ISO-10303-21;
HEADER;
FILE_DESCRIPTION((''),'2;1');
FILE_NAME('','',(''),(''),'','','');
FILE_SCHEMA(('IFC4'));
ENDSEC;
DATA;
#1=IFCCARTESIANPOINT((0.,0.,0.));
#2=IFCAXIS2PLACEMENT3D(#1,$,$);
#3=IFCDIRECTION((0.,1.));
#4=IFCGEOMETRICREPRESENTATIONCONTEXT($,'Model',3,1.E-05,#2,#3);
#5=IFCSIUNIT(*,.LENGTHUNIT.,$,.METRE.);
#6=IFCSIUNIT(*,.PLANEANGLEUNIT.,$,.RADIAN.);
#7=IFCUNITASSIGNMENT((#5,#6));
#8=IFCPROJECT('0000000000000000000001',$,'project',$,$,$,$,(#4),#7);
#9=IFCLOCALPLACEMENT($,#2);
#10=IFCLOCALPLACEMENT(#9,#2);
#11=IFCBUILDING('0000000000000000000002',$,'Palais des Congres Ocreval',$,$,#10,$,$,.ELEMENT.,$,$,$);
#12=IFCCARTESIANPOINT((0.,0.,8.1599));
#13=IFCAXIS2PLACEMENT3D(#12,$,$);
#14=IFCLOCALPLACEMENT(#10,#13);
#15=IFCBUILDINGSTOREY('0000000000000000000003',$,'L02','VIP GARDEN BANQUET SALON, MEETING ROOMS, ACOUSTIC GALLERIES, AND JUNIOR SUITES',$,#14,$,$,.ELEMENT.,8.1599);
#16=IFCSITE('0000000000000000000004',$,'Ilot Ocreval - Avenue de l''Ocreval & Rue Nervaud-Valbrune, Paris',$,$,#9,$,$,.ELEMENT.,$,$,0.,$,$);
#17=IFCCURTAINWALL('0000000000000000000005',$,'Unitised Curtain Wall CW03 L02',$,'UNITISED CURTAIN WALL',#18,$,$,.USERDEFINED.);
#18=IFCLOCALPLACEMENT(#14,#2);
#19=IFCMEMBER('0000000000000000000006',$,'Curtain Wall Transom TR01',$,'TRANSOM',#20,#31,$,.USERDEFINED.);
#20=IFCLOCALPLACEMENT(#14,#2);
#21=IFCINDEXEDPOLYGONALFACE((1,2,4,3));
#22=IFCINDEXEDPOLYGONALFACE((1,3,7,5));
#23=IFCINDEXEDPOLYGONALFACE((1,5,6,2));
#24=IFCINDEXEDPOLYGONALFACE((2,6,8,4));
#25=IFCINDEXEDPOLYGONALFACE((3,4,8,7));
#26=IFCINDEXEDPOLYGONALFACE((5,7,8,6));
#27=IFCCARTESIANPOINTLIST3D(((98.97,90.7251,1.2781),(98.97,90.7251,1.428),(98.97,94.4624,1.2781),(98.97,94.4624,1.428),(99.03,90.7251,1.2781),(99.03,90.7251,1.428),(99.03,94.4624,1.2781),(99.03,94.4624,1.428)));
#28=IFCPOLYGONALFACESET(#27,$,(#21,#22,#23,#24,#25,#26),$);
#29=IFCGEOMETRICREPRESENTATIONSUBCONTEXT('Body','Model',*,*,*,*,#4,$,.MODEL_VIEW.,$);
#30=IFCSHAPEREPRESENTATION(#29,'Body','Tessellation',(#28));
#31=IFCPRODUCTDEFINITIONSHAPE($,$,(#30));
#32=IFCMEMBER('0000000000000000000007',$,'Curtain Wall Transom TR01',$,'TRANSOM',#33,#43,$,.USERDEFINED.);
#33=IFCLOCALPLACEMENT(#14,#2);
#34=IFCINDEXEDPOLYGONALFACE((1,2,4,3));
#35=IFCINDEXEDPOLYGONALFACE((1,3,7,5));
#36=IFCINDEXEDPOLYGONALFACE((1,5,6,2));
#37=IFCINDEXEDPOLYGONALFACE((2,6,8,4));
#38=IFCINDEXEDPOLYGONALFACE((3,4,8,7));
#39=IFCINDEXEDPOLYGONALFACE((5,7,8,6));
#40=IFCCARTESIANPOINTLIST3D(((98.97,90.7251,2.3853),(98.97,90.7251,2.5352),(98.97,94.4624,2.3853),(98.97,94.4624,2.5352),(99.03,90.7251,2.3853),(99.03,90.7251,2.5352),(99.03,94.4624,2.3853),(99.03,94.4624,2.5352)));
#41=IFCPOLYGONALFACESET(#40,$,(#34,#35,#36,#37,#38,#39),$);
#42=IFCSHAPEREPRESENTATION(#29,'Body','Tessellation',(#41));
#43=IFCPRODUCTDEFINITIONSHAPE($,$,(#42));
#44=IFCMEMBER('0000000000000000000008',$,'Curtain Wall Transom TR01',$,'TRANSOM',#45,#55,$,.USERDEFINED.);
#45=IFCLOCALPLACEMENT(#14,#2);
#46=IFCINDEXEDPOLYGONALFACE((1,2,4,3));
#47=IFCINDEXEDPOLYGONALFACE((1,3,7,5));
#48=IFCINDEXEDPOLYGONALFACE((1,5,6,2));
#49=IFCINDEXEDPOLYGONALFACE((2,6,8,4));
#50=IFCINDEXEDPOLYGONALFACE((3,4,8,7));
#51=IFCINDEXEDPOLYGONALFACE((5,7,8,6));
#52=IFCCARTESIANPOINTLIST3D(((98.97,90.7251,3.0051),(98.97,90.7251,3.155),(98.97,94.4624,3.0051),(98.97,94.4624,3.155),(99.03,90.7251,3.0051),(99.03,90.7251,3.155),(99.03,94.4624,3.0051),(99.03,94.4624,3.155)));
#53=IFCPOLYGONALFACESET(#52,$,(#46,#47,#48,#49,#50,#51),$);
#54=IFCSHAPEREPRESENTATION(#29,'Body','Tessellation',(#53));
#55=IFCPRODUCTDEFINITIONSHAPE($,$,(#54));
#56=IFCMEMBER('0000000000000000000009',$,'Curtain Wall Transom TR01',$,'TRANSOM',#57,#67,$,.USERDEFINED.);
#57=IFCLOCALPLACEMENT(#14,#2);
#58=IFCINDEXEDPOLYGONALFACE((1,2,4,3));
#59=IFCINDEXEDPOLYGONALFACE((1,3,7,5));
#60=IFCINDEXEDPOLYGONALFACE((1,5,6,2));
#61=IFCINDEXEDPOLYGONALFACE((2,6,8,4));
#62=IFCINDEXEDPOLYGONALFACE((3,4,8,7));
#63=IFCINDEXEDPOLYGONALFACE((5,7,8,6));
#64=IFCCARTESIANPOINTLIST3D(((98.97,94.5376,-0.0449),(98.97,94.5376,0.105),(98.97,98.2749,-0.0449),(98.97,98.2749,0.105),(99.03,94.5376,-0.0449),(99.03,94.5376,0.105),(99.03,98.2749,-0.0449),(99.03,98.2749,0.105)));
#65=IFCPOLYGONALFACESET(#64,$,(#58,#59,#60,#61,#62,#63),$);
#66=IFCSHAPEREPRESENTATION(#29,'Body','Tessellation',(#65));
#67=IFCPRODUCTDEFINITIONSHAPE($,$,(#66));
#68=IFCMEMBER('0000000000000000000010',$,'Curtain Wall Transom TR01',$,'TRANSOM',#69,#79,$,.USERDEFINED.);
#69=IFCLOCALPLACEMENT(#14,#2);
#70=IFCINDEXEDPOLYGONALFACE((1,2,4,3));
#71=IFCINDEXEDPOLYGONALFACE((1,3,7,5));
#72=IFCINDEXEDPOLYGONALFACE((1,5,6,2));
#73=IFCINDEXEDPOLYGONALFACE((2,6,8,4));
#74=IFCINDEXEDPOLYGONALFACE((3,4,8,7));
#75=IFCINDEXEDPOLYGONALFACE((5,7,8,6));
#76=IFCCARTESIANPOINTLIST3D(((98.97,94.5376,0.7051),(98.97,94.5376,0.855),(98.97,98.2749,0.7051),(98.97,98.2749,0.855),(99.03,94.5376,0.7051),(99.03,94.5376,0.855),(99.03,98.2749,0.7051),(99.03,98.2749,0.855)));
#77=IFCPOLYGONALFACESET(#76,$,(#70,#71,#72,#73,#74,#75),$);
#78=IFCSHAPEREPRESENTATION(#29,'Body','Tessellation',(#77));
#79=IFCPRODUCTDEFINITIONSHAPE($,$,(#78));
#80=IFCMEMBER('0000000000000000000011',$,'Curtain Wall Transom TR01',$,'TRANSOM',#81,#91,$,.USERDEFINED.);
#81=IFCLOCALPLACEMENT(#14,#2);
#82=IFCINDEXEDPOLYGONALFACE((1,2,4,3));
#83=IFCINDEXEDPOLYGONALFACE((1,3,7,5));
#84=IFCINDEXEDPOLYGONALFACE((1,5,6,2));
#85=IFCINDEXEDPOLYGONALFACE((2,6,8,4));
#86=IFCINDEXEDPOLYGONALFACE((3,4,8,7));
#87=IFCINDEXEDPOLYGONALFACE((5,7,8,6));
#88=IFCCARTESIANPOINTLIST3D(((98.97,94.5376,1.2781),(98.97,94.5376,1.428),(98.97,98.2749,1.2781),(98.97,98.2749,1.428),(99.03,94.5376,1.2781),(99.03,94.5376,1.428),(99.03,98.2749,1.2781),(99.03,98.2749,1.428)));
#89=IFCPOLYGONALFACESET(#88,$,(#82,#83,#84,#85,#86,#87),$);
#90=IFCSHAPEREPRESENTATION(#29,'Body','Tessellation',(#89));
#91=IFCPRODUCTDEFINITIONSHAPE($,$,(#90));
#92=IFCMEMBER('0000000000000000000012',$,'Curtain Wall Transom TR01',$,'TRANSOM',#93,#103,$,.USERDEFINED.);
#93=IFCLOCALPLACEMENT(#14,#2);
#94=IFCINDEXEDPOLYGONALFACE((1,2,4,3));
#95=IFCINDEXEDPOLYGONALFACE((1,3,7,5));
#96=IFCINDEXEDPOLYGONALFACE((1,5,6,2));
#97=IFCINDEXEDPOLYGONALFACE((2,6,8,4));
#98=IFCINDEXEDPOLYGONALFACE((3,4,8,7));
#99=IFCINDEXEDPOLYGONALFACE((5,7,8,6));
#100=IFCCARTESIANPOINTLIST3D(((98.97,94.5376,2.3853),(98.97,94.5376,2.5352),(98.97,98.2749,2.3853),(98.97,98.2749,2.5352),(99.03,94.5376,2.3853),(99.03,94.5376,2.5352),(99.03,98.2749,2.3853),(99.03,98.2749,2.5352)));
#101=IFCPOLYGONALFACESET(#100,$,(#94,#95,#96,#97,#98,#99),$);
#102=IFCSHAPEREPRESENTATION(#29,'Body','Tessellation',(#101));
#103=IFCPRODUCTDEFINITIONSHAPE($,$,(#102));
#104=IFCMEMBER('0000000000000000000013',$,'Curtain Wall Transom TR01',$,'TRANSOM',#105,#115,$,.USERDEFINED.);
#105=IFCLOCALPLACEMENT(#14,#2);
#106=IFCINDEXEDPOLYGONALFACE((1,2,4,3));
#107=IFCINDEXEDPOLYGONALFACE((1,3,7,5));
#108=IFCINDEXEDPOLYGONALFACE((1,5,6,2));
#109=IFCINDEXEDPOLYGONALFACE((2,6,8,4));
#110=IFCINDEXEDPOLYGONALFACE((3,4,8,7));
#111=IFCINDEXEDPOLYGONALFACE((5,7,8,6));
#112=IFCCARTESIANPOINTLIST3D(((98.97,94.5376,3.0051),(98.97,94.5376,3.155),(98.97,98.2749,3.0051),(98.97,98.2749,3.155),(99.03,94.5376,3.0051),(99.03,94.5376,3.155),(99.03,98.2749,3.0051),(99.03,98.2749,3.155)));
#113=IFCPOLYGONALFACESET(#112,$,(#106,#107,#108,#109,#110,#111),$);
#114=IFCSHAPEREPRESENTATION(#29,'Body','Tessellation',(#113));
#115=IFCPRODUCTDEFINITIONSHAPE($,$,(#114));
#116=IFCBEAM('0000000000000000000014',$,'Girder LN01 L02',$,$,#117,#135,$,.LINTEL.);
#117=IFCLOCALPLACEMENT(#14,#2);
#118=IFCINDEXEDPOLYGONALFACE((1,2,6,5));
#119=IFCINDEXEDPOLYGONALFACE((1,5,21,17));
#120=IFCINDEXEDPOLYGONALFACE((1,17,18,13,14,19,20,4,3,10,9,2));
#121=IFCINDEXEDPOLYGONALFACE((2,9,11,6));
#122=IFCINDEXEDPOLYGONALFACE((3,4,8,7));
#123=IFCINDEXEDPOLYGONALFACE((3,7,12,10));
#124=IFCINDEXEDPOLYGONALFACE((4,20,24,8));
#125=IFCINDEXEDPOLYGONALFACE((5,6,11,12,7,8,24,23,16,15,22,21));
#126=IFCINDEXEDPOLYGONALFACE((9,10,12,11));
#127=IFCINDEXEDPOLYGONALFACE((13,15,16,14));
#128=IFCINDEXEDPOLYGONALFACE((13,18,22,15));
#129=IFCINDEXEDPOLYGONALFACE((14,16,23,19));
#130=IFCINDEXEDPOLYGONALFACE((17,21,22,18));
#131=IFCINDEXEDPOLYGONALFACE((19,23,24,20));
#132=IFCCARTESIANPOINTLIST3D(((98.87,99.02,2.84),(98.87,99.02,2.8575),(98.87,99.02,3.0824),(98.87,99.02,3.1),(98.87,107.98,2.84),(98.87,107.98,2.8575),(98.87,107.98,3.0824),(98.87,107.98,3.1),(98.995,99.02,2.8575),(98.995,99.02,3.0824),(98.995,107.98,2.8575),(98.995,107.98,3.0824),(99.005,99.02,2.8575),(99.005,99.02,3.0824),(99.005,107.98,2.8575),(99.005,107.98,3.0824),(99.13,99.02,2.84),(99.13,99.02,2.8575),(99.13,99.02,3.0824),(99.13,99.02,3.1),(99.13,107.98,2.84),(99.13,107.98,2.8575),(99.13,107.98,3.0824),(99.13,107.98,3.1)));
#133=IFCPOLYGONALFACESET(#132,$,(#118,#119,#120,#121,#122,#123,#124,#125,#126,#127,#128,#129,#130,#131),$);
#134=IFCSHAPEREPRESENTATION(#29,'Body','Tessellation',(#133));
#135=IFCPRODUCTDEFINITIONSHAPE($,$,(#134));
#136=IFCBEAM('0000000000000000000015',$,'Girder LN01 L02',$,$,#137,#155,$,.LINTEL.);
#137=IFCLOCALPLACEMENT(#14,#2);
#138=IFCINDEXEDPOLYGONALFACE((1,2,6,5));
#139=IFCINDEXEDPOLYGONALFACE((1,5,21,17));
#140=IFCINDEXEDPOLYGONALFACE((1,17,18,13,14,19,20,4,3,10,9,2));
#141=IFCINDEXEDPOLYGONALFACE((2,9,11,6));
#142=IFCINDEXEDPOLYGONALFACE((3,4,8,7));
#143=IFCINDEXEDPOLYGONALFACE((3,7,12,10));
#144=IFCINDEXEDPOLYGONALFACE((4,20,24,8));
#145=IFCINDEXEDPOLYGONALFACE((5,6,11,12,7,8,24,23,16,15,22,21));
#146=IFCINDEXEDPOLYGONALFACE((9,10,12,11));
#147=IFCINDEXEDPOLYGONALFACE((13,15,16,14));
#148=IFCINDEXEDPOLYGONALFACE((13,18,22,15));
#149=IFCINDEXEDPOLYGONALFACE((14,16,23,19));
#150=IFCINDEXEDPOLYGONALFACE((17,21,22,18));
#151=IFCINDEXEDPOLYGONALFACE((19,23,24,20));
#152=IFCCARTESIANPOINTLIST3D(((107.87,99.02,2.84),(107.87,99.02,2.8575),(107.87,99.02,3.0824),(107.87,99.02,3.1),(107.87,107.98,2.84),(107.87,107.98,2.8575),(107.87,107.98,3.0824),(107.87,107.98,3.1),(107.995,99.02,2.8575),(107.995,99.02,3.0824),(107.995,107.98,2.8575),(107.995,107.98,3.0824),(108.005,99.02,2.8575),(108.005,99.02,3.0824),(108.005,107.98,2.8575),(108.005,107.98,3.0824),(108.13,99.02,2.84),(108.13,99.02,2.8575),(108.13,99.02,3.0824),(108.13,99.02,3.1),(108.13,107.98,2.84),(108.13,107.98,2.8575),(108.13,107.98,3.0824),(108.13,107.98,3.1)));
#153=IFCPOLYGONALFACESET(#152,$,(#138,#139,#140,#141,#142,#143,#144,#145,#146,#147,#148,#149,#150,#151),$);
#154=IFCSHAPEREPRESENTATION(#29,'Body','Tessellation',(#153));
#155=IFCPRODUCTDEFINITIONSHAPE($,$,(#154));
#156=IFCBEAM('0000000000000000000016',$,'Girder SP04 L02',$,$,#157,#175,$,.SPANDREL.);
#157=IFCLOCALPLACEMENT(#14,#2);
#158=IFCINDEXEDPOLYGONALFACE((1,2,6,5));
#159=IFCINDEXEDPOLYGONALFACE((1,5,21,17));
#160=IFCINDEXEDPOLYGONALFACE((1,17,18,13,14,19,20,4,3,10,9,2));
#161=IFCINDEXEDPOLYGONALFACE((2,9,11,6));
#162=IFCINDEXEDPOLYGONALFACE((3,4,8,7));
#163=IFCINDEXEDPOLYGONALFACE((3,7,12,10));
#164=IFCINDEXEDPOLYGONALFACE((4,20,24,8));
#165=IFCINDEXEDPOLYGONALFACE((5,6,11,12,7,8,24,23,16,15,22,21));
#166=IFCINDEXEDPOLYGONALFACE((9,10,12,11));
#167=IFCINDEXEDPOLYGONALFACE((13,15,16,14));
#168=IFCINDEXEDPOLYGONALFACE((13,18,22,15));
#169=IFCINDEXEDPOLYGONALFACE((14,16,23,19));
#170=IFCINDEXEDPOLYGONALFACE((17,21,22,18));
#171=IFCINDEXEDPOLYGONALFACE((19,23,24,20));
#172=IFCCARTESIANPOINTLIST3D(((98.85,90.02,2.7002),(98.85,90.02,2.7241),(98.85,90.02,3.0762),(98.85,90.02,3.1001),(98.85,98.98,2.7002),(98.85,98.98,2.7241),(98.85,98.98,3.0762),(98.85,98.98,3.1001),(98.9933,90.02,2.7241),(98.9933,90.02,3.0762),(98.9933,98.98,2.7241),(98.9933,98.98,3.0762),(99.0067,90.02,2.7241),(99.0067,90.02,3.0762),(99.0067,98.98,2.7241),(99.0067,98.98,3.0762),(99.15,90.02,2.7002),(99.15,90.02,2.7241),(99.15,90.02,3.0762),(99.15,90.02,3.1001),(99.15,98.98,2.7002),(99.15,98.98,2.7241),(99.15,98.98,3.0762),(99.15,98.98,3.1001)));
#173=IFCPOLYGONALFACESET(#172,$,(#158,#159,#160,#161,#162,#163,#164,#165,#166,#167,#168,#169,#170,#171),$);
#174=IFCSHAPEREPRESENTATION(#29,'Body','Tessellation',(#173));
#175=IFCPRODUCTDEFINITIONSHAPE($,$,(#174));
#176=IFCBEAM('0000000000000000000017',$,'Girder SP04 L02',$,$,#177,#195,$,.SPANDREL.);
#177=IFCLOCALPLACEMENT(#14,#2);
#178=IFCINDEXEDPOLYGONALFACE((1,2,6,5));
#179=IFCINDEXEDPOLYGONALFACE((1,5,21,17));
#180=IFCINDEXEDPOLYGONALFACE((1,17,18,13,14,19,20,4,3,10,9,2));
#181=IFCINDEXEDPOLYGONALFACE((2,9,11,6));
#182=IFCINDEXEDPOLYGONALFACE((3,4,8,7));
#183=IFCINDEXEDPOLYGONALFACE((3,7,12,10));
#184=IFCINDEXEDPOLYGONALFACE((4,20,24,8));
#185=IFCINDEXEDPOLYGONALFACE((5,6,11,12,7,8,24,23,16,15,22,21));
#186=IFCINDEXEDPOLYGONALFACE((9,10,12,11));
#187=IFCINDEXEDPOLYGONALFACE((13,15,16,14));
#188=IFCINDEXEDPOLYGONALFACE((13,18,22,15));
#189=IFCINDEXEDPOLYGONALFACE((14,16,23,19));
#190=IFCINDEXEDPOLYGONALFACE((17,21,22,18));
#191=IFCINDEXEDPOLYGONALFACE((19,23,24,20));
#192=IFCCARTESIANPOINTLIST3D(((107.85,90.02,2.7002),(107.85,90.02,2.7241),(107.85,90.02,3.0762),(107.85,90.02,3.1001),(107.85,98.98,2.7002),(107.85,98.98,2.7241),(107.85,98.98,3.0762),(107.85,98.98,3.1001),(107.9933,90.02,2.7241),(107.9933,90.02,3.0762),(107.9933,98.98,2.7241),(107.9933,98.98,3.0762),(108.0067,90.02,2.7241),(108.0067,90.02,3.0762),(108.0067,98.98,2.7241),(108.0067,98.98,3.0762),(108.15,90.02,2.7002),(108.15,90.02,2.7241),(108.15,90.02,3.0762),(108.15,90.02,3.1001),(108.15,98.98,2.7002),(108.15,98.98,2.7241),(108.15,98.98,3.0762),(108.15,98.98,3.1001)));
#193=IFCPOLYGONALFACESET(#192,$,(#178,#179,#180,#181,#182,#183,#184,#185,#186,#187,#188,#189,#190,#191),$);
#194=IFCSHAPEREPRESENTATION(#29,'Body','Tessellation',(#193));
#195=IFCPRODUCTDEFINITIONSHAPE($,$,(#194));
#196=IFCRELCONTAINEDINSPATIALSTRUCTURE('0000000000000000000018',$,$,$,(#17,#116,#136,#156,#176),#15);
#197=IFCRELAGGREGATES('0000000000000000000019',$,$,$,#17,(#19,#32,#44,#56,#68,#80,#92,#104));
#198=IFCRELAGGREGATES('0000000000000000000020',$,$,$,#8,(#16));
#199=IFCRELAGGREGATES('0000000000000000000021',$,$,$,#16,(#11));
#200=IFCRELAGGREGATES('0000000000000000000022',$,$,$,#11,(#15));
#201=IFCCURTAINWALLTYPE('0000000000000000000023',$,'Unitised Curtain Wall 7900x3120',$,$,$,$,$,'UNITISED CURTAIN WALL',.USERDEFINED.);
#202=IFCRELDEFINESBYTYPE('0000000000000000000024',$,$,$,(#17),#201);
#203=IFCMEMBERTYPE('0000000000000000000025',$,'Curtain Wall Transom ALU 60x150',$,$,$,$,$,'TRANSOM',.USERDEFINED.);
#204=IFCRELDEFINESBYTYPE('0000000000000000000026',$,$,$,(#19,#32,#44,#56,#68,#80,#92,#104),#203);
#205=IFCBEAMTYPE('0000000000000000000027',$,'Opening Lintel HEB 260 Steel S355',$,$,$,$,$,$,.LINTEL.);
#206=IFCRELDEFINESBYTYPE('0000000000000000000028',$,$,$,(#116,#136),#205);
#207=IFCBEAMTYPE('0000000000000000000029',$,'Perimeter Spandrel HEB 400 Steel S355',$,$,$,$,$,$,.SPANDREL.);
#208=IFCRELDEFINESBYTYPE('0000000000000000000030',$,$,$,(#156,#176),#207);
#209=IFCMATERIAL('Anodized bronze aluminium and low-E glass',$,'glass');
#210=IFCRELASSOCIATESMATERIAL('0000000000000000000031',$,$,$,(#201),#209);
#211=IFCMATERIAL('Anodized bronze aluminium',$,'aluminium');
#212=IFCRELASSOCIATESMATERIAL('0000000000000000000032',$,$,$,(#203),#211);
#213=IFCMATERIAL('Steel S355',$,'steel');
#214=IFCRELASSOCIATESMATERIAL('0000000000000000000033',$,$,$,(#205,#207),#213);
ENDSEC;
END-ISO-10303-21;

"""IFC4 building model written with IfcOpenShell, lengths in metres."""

from ifc_helpers import new_model, si_unit, direction, frame, origin, origin_2d, place, context, subcontext, project, spatial, rectangle, i_section, extrude, material, material_profile, profile_set, type_object, element, aggregate, save


model = new_model("IFC4")

# Units and contexts
model_context = context("Model", 3, precision=1e-05, world=origin(), true_north=direction((0.0, 1.0)))
body_context = subcontext(model_context, "Body", "Model", "MODEL_VIEW")
ifc_project = project(units=[si_unit("LENGTHUNIT", "METRE"), si_unit("PLANEANGLEUNIT", "RADIAN")], contexts=[model_context])

# Site, building, storey
site_placement = place(None, origin())
site = spatial("IfcSite", under=ifc_project, at=site_placement, Name="Ilot Ocreval - Avenue de l'Ocreval & Rue Nervaud-Valbrune, Paris", CompositionType="ELEMENT", RefElevation=0.0)
building_placement = place(site_placement, origin())
building = spatial("IfcBuilding", under=site, at=building_placement, Name="Palais des Congres Ocreval", CompositionType="ELEMENT")
storey_placement = place(building_placement, frame((0.0, 0.0, 8.1599)))
storey = spatial("IfcBuildingStorey", under=building, at=storey_placement, Name="L02", Description="VIP GARDEN BANQUET SALON, MEETING ROOMS, ACOUSTIC GALLERIES, AND JUNIOR SUITES", CompositionType="ELEMENT", Elevation=8.1599)

# Shared definitions
ifc_material_1 = material(Name="Steel S355", Category="steel")

# Curtain wall, members
ifc_material_2 = material(Name="Anodized bronze aluminium and low-E glass", Category="glass")
curtain_wall_type = type_object("IfcCurtainWallType", Name="Unitised Curtain Wall 7900x3120", ElementType="UNITISED CURTAIN WALL", PredefinedType="USERDEFINED", material=ifc_material_2)
curtain_wall_placement = place(storey_placement, origin())
curtain_wall = element("IfcCurtainWall", 1, at=curtain_wall_placement, inside=storey, type_object=curtain_wall_type, Name="Unitised Curtain Wall CW03 L02", ObjectType="UNITISED CURTAIN WALL", PredefinedType="USERDEFINED")
ifc_material_3 = material(Name="Anodized bronze aluminium", Category="aluminium")
ifc_material_profile_1 = material_profile(ifc_material_3, rectangle(XDim=0.0601, YDim=0.1499, at=origin_2d()), Name="ALU 60x150")
ifc_profile_set_1 = profile_set([ifc_material_profile_1], Name="Anodized bronze aluminium")
member_type_1 = type_object("IfcMemberType", Name="Curtain Wall Transom ALU 60x150", ElementType="TRANSOM", PredefinedType="USERDEFINED", material=ifc_profile_set_1)
member_1_placement = place(storey_placement, frame((99.0, 90.7251, 1.353), z_axis=(0.0, 1.0, 0.0), x_axis=(-1.0, 0.0, 0.0)))
member_1 = element("IfcMember", 2, at=member_1_placement, type_object=member_type_1, Name="Curtain Wall Transom TR01", ObjectType="TRANSOM", PredefinedType="USERDEFINED", context=body_context, shape_type="SweptSolid", body=[
    extrude(rectangle(XDim=0.0601, YDim=0.1499, at=origin_2d()), origin(), (0.0, 0.0, 1.0), 3.7373),
])
member_2_placement = place(storey_placement, frame((99.0, 90.7251, 2.4602), z_axis=(0.0, 1.0, 0.0), x_axis=(-1.0, 0.0, 0.0)))
member_2 = element("IfcMember", 3, at=member_2_placement, type_object=member_type_1, Name="Curtain Wall Transom TR01", ObjectType="TRANSOM", PredefinedType="USERDEFINED", context=body_context, shape_type="SweptSolid", body=[
    extrude(rectangle(XDim=0.0601, YDim=0.1499, at=origin_2d()), origin(), (0.0, 0.0, 1.0), 3.7373),
])
member_3_placement = place(storey_placement, frame((99.0, 90.7251, 3.0801), z_axis=(0.0, 1.0, 0.0), x_axis=(-1.0, 0.0, 0.0)))
member_3 = element("IfcMember", 4, at=member_3_placement, type_object=member_type_1, Name="Curtain Wall Transom TR01", ObjectType="TRANSOM", PredefinedType="USERDEFINED", context=body_context, shape_type="SweptSolid", body=[
    extrude(rectangle(XDim=0.0601, YDim=0.1499, at=origin_2d()), origin(), (0.0, 0.0, 1.0), 3.7373),
])
member_4_placement = place(storey_placement, frame((99.0, 94.5376, 0.03), z_axis=(0.0, 1.0, 0.0), x_axis=(-1.0, 0.0, 0.0)))
member_4 = element("IfcMember", 5, at=member_4_placement, type_object=member_type_1, Name="Curtain Wall Transom TR01", ObjectType="TRANSOM", PredefinedType="USERDEFINED", context=body_context, shape_type="SweptSolid", body=[
    extrude(rectangle(XDim=0.0601, YDim=0.1499, at=origin_2d()), origin(), (0.0, 0.0, 1.0), 3.7373),
])
member_5_placement = place(storey_placement, frame((99.0, 94.5376, 0.78), z_axis=(0.0, 1.0, 0.0), x_axis=(-1.0, 0.0, 0.0)))
member_5 = element("IfcMember", 6, at=member_5_placement, type_object=member_type_1, Name="Curtain Wall Transom TR01", ObjectType="TRANSOM", PredefinedType="USERDEFINED", context=body_context, shape_type="SweptSolid", body=[
    extrude(rectangle(XDim=0.0601, YDim=0.1499, at=origin_2d()), origin(), (0.0, 0.0, 1.0), 3.7373),
])
member_6_placement = place(storey_placement, frame((99.0, 94.5376, 1.353), z_axis=(0.0, 1.0, 0.0), x_axis=(-1.0, 0.0, 0.0)))
member_6 = element("IfcMember", 7, at=member_6_placement, type_object=member_type_1, Name="Curtain Wall Transom TR01", ObjectType="TRANSOM", PredefinedType="USERDEFINED", context=body_context, shape_type="SweptSolid", body=[
    extrude(rectangle(XDim=0.0601, YDim=0.1499, at=origin_2d()), origin(), (0.0, 0.0, 1.0), 3.7373),
])
member_7_placement = place(storey_placement, frame((99.0, 94.5376, 2.4602), z_axis=(0.0, 1.0, 0.0), x_axis=(-1.0, 0.0, 0.0)))
member_7 = element("IfcMember", 8, at=member_7_placement, type_object=member_type_1, Name="Curtain Wall Transom TR01", ObjectType="TRANSOM", PredefinedType="USERDEFINED", context=body_context, shape_type="SweptSolid", body=[
    extrude(rectangle(XDim=0.0601, YDim=0.1499, at=origin_2d()), origin(), (0.0, 0.0, 1.0), 3.7373),
])
member_8_placement = place(storey_placement, frame((99.0, 94.5376, 3.0801), z_axis=(0.0, 1.0, 0.0), x_axis=(-1.0, 0.0, 0.0)))
member_8 = element("IfcMember", 9, at=member_8_placement, type_object=member_type_1, Name="Curtain Wall Transom TR01", ObjectType="TRANSOM", PredefinedType="USERDEFINED", context=body_context, shape_type="SweptSolid", body=[
    extrude(rectangle(XDim=0.0601, YDim=0.1499, at=origin_2d()), origin(), (0.0, 0.0, 1.0), 3.7373),
])

# Beams
ifc_material_profile_2 = material_profile(ifc_material_1, i_section(OverallWidth=0.26, OverallDepth=0.26, WebThickness=0.01, FlangeThickness=0.0176, at=origin_2d()), Name="HEB 260")
ifc_profile_set_2 = profile_set([ifc_material_profile_2], Name="Steel S355")
beam_type_1 = type_object("IfcBeamType", Name="Opening Lintel HEB 260 Steel S355", PredefinedType="LINTEL", material=ifc_profile_set_2)
for number, where, z_axis, x_axis, name in (
    (10, (99.0, 99.02, 2.97), (0.0, 1.0, 0.0), (-1.0, 0.0, 0.0), "Girder LN01 L02"),
    (11, (108.0, 99.02, 2.97), (0.0, 1.0, 0.0), (-1.0, 0.0, 0.0), "Girder LN01 L02"),
):
    element("IfcBeam", number, at=place(storey_placement, frame(where, z_axis=z_axis, x_axis=x_axis)), inside=storey, type_object=beam_type_1, Name=name, PredefinedType="LINTEL", context=body_context, shape_type="SweptSolid", body=[
        extrude(i_section(OverallWidth=0.26, OverallDepth=0.26, WebThickness=0.01, FlangeThickness=0.0176, at=origin_2d()), origin(), (0.0, 0.0, 1.0), 8.96),
    ])
ifc_material_profile_3 = material_profile(ifc_material_1, i_section(OverallWidth=0.3, OverallDepth=0.3999, WebThickness=0.0134, FlangeThickness=0.0239, at=origin_2d()), Name="HEB 400")
ifc_profile_set_3 = profile_set([ifc_material_profile_3], Name="Steel S355")
beam_type_2 = type_object("IfcBeamType", Name="Perimeter Spandrel HEB 400 Steel S355", PredefinedType="SPANDREL", material=ifc_profile_set_3)
for number, where, z_axis, x_axis, name in (
    (12, (99.0, 90.02, 2.9001), (0.0, 1.0, 0.0), (-1.0, 0.0, 0.0), "Girder SP04 L02"),
    (13, (108.0, 90.02, 2.9001), (0.0, 1.0, 0.0), (-1.0, 0.0, 0.0), "Girder SP04 L02"),
):
    element("IfcBeam", number, at=place(storey_placement, frame(where, z_axis=z_axis, x_axis=x_axis)), inside=storey, type_object=beam_type_2, Name=name, PredefinedType="SPANDREL", context=body_context, shape_type="SweptSolid", body=[
        extrude(i_section(OverallWidth=0.3, OverallDepth=0.3999, WebThickness=0.0134, FlangeThickness=0.0239, at=origin_2d()), origin(), (0.0, 0.0, 1.0), 8.96),
    ])

aggregate(curtain_wall, [member_1, member_2, member_3, member_4, member_5, member_6, member_7, member_8])

save(model, "model.ifc")
